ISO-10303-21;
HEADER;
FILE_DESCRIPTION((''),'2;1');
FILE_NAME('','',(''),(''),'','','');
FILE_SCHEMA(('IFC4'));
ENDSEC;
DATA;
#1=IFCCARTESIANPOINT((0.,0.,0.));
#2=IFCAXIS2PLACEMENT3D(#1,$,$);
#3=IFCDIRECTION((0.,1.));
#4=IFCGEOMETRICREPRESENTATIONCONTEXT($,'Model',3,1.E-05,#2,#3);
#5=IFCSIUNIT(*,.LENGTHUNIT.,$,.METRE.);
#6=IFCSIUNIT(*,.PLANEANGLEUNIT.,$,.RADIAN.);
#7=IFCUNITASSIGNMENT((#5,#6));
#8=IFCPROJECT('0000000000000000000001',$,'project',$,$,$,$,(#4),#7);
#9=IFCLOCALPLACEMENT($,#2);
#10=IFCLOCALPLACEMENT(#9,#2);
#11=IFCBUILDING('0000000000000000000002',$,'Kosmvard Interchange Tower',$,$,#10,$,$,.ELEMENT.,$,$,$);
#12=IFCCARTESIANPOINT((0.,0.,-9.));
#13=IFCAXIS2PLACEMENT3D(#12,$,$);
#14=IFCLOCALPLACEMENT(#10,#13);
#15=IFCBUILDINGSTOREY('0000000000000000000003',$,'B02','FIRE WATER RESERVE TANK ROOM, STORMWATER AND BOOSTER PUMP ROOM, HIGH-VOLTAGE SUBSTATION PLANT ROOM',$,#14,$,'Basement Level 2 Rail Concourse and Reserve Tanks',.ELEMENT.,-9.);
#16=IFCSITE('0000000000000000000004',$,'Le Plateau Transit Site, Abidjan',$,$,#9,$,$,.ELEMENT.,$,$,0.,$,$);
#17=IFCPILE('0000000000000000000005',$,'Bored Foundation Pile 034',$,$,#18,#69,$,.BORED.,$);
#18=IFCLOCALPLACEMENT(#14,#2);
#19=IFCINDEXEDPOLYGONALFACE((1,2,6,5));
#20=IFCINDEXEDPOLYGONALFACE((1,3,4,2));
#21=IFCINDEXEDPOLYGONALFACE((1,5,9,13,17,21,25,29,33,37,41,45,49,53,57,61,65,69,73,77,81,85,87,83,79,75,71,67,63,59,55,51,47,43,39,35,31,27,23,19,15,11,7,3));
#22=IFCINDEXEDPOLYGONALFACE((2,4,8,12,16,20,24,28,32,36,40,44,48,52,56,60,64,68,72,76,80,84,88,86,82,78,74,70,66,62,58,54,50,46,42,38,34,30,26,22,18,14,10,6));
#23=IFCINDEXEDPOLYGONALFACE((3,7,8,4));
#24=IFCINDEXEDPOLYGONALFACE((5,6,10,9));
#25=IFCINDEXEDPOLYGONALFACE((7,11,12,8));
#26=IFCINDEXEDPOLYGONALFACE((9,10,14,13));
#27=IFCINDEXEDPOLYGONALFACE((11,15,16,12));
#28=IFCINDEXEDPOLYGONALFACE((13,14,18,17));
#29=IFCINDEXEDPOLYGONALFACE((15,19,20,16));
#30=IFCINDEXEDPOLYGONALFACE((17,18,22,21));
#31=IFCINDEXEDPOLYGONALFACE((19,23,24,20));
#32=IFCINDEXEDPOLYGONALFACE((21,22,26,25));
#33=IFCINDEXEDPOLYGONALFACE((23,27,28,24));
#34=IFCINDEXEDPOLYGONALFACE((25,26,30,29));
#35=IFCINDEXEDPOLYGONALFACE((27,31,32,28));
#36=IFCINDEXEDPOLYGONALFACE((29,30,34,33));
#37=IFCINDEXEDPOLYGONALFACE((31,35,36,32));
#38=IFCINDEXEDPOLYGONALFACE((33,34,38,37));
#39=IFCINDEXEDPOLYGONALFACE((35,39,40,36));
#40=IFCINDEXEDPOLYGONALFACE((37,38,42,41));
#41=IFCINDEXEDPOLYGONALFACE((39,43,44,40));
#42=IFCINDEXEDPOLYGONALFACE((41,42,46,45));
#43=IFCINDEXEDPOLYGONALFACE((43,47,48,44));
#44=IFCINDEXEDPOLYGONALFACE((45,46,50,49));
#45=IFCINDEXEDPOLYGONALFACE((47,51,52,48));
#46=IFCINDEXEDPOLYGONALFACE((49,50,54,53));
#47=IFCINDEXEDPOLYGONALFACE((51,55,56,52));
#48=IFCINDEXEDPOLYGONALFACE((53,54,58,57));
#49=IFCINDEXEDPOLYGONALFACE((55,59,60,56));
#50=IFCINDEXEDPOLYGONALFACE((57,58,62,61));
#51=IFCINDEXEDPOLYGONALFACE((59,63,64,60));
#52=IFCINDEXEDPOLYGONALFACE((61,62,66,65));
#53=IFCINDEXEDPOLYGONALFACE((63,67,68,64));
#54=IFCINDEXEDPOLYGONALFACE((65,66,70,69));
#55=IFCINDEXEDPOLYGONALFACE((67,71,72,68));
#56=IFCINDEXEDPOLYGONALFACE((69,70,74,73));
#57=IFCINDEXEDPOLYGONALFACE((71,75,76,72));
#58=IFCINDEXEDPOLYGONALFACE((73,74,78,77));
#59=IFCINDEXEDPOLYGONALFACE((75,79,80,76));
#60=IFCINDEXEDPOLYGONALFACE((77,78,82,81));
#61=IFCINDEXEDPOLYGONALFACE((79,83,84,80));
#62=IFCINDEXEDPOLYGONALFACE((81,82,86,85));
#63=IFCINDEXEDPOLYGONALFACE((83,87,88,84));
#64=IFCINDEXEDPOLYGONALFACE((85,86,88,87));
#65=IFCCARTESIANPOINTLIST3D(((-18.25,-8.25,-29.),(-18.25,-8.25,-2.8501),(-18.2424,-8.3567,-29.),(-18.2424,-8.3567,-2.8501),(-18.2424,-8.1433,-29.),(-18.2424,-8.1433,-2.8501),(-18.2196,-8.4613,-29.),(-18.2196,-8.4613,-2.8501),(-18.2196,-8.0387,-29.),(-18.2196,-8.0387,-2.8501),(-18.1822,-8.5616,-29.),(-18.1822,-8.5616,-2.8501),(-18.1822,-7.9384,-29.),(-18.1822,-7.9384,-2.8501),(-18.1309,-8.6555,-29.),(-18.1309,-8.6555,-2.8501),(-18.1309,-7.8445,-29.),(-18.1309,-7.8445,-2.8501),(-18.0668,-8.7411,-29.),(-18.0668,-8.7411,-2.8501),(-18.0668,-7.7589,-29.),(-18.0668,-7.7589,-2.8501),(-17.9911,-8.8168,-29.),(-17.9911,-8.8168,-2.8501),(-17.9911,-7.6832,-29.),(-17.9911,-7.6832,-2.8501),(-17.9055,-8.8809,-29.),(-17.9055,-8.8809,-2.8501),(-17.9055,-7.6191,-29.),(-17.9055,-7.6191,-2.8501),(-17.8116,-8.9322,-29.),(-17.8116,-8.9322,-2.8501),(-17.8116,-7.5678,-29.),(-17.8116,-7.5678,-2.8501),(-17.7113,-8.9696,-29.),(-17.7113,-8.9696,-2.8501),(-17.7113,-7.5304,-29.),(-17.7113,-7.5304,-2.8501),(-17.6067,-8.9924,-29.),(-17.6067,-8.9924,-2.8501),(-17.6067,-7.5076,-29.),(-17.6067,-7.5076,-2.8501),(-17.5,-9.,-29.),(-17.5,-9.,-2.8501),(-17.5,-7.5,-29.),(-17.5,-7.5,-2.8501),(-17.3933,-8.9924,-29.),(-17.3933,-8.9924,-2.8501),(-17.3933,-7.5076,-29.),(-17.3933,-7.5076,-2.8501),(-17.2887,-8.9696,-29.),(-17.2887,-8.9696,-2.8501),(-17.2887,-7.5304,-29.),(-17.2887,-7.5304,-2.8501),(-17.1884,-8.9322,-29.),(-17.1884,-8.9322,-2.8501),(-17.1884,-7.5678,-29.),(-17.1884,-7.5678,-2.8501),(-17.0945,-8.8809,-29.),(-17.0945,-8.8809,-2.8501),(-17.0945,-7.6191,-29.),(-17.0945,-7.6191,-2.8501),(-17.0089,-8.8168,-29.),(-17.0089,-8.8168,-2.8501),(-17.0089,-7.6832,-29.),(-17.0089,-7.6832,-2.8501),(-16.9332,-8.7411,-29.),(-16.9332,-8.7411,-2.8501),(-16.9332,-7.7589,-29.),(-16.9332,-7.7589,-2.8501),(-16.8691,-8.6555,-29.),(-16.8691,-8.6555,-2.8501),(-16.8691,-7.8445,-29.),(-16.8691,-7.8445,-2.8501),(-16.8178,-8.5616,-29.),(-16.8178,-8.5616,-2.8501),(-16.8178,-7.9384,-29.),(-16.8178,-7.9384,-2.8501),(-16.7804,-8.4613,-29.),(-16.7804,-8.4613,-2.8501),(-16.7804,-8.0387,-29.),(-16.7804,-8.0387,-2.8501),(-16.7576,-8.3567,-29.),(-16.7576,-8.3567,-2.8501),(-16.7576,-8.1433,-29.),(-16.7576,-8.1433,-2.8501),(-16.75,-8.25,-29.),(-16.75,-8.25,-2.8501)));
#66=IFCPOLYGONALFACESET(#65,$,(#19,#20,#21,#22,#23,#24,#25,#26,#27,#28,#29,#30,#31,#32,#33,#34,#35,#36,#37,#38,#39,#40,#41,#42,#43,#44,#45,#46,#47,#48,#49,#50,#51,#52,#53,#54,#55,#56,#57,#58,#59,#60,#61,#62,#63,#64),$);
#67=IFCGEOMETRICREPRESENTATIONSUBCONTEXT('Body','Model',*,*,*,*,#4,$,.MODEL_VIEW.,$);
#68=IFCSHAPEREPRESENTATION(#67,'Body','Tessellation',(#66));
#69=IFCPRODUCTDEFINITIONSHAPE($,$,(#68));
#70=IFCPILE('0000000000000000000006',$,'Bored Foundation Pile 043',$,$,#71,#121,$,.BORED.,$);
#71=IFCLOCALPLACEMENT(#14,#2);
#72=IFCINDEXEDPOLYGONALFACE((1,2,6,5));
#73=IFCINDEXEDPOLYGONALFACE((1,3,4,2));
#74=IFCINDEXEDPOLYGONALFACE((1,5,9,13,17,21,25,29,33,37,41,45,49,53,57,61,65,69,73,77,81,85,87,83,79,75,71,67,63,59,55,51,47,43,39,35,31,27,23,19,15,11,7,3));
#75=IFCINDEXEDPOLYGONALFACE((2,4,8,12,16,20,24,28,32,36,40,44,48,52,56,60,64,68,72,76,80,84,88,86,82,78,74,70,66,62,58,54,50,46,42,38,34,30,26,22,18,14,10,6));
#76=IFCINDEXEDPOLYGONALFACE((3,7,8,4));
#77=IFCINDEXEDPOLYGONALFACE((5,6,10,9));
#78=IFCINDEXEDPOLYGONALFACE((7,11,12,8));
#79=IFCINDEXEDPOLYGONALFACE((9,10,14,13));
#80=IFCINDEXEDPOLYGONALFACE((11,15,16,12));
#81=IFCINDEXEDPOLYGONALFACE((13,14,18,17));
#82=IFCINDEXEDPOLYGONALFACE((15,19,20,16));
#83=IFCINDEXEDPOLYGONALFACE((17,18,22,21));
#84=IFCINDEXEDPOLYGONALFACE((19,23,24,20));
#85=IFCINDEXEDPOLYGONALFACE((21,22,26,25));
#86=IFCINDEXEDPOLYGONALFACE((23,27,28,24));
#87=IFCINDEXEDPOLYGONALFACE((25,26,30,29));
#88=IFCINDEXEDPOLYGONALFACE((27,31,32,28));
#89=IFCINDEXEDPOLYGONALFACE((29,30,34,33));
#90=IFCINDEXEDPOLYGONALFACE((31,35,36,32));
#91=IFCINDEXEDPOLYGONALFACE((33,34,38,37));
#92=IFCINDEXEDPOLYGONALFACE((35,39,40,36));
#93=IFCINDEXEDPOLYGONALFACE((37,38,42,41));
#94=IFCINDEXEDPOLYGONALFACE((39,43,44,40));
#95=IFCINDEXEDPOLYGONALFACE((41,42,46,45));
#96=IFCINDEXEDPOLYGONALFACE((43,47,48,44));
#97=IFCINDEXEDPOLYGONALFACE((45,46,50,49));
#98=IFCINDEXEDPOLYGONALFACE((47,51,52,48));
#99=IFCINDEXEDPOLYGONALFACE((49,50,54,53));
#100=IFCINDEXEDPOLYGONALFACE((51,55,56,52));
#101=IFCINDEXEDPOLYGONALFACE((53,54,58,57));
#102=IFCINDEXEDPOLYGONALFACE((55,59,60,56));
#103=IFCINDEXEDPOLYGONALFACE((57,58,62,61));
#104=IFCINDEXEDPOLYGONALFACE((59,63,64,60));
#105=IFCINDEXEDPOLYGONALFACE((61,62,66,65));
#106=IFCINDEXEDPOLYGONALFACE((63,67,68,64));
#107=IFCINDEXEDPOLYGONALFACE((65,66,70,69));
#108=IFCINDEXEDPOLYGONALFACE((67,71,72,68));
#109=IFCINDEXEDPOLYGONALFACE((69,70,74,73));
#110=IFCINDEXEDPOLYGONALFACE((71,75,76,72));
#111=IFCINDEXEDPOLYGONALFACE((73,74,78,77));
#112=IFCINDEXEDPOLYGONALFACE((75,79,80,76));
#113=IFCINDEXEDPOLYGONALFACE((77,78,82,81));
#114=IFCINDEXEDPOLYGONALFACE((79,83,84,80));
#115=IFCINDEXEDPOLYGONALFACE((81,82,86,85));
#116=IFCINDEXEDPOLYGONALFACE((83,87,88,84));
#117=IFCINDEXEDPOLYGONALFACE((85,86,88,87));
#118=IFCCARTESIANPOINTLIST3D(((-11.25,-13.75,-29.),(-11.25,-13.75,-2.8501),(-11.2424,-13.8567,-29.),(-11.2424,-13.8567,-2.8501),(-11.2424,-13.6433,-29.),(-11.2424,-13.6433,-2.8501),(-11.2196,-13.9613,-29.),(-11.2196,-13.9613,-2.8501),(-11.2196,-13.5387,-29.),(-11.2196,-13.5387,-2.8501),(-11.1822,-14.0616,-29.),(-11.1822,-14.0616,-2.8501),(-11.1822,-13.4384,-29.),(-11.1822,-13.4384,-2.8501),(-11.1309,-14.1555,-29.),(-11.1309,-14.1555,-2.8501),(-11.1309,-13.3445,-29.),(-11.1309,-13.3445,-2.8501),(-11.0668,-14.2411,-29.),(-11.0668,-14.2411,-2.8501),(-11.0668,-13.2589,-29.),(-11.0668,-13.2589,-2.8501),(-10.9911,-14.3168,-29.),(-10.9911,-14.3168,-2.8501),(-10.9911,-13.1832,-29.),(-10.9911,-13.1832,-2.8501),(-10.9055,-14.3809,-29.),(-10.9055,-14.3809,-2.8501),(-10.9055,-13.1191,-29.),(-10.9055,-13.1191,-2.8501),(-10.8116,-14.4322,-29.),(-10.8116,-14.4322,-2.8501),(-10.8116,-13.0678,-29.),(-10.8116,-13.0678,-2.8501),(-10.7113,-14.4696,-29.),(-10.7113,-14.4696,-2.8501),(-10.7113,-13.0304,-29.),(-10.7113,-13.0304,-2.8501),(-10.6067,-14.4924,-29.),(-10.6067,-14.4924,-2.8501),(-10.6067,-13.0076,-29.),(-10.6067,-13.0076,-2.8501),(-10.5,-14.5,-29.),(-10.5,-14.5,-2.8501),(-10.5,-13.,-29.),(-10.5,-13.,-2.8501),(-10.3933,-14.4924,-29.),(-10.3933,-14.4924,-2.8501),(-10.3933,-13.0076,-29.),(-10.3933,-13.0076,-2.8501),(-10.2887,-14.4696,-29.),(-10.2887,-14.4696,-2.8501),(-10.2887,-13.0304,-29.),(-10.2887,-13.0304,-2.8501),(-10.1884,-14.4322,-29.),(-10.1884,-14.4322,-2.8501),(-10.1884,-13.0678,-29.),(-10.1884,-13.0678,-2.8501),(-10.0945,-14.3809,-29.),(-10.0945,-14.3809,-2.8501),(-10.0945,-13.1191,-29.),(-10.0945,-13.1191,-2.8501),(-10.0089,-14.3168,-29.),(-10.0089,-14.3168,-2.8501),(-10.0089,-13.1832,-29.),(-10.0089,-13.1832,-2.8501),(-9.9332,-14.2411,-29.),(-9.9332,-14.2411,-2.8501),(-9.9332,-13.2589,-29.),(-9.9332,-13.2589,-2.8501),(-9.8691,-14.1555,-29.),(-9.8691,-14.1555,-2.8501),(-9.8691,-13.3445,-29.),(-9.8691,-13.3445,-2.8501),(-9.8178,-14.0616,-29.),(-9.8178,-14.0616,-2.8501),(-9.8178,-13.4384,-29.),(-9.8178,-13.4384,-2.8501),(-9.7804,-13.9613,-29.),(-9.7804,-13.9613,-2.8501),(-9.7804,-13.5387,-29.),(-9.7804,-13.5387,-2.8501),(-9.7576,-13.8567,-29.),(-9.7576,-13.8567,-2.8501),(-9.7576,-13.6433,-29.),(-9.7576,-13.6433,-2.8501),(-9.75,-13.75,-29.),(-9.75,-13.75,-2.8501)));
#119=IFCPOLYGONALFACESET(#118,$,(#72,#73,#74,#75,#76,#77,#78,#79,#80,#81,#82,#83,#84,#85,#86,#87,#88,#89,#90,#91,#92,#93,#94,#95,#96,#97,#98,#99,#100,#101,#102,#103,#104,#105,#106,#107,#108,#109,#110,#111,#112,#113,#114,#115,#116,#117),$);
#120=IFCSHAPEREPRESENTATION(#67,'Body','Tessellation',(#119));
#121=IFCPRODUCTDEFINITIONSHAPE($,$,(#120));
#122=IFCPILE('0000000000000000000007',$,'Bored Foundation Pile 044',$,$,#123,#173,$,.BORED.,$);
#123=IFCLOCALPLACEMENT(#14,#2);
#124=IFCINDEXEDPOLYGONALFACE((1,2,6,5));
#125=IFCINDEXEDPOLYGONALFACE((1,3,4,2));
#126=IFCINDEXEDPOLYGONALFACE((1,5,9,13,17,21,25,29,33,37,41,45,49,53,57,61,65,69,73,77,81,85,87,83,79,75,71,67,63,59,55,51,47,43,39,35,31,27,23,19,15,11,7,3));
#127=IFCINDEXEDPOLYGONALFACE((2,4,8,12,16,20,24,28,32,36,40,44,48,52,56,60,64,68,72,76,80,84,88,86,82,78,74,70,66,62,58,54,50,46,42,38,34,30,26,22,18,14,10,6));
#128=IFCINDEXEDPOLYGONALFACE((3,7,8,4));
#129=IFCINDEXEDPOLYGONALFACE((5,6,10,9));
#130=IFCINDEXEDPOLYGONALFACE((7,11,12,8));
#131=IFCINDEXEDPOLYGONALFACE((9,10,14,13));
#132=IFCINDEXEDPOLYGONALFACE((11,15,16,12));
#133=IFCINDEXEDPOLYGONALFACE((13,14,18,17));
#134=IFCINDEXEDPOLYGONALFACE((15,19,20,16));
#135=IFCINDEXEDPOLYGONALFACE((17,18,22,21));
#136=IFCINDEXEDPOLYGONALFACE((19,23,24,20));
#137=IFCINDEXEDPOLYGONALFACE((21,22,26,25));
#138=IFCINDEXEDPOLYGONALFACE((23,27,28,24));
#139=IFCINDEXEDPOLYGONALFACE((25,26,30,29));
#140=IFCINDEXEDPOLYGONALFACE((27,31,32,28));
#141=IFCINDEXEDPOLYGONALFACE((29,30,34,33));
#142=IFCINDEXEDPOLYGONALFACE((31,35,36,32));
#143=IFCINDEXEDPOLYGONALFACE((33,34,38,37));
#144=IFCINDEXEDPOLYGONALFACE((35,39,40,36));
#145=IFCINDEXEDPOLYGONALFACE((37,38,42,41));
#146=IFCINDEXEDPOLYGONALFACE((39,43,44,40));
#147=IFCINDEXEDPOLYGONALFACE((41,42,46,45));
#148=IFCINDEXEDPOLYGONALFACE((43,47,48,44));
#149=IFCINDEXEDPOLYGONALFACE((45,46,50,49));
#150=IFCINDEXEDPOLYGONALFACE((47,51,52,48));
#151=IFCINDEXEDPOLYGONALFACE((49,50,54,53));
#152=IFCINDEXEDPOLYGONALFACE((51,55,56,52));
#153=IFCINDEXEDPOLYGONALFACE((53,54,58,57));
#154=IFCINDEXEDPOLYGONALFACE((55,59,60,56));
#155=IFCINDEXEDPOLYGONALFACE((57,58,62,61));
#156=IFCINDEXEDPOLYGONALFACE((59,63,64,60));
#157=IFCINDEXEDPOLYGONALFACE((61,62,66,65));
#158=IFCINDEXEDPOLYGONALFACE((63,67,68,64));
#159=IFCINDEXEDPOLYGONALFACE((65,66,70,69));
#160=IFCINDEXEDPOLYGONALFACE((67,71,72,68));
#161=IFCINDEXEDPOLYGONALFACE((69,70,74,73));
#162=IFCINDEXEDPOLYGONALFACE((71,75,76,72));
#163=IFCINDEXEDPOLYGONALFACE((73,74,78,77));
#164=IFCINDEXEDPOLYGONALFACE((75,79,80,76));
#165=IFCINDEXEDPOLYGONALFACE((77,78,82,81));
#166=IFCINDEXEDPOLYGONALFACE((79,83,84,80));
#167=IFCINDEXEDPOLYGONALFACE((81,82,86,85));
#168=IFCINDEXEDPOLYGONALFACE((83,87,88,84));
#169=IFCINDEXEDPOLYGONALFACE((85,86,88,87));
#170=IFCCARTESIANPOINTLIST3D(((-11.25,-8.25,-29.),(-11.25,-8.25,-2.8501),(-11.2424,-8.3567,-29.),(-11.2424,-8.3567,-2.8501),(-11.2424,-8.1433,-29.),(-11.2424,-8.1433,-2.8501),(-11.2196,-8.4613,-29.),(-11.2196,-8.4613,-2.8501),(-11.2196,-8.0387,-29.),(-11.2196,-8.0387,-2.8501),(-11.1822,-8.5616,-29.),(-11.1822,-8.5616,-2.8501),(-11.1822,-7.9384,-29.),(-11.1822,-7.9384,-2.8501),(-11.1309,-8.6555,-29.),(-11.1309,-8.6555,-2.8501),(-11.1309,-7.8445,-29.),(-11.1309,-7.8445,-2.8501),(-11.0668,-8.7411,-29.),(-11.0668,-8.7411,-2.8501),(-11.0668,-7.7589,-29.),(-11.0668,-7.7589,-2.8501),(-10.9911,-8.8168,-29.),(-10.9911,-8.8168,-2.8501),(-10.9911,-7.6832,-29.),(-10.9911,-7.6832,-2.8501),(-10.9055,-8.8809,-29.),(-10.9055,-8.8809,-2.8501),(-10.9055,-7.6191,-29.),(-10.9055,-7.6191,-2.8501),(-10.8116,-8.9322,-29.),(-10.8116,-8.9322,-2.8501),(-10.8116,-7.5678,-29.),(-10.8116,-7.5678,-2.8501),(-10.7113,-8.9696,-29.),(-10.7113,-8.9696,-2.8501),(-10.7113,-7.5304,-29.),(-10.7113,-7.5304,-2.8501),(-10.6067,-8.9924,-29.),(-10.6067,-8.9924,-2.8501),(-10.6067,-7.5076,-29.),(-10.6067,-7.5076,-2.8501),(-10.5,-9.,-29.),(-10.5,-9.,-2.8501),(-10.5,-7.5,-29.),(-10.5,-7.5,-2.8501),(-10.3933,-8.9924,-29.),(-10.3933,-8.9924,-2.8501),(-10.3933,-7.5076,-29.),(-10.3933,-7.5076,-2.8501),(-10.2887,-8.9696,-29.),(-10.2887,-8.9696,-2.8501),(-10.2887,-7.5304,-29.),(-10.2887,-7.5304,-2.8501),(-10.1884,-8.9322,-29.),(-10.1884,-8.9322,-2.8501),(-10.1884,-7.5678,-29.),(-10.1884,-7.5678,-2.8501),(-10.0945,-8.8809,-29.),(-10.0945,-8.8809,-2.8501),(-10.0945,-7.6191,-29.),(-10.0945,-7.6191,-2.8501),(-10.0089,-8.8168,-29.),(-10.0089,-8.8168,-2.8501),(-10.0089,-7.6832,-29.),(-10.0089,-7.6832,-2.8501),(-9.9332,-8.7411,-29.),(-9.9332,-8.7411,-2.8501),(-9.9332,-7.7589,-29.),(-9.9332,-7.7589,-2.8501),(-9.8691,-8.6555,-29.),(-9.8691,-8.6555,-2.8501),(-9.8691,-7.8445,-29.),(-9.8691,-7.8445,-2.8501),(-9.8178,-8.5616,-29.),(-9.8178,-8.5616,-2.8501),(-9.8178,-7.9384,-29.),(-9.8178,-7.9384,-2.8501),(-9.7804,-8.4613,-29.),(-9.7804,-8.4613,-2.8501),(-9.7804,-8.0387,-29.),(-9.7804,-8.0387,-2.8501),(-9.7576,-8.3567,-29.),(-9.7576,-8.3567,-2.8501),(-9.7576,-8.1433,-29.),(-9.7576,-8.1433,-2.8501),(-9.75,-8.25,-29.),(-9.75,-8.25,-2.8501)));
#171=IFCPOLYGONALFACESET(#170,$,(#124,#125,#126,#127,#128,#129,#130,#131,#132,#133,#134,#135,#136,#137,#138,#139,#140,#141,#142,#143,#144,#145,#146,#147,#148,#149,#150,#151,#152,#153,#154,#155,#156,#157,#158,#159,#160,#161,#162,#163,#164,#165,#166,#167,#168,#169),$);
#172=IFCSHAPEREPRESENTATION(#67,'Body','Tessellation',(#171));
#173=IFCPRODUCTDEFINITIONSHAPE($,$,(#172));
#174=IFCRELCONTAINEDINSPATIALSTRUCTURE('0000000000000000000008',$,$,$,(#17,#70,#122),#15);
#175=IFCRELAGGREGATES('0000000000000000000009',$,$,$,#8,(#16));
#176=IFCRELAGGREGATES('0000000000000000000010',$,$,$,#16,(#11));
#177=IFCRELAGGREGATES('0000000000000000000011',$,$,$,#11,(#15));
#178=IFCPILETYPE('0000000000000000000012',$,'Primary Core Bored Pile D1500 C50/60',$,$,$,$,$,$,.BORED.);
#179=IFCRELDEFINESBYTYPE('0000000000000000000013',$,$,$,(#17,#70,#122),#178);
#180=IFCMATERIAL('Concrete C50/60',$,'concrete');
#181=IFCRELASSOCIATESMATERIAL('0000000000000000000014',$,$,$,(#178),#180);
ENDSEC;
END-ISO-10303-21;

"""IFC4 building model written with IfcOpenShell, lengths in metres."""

from ifc_helpers import new_model, si_unit, direction, frame, origin, origin_2d, place, context, subcontext, project, spatial, circle, extrude, source, transform, mapped, material, material_profile, profile_set, type_object, element, save


model = new_model("IFC4")

# Units and contexts
model_context = context("Model", 3, precision=1e-05, world=origin(), true_north=direction((0.0, 1.0)))
body_context = subcontext(model_context, "Body", "Model", "MODEL_VIEW")
ifc_project = project(units=[si_unit("LENGTHUNIT", "METRE"), si_unit("PLANEANGLEUNIT", "RADIAN")], contexts=[model_context])

# Site, building, storey
site_placement = place(None, origin())
site = spatial("IfcSite", under=ifc_project, at=site_placement, Name="Le Plateau Transit Site, Abidjan", CompositionType="ELEMENT", RefElevation=0.0)
building_placement = place(site_placement, origin())
building = spatial("IfcBuilding", under=site, at=building_placement, Name="Kosmvard Interchange Tower", CompositionType="ELEMENT")
storey_placement = place(building_placement, frame((0.0, 0.0, -9.0)))
storey = spatial("IfcBuildingStorey", under=building, at=storey_placement, Name="B02", Description="FIRE WATER RESERVE TANK ROOM, STORMWATER AND BOOSTER PUMP ROOM, HIGH-VOLTAGE SUBSTATION PLANT ROOM", LongName="Basement Level 2 Rail Concourse and Reserve Tanks", CompositionType="ELEMENT", Elevation=-9.0)

# Piles
ifc_material_1 = material(Name="Concrete C50/60", Category="concrete")
ifc_material_profile_1 = material_profile(ifc_material_1, circle(Radius=0.75, at=origin_2d()), Name="PILE D1500")
ifc_profile_set_1 = profile_set([ifc_material_profile_1], Name="Concrete C50/60")
pile_type_1 = type_object("IfcPileType", Name="Primary Core Bored Pile D1500 C50/60", PredefinedType="BORED", material=ifc_profile_set_1)
shared_shape_1 = source(origin(), body_context, "Body", "SweptSolid", [
    extrude(circle(Radius=0.75, at=origin_2d()), origin(), (0.0, 0.0, 1.0), 26.1499),
])
for number, where, z_axis, x_axis, name in (
    (1, (-17.5, -8.25, -2.8501), (0.0, 0.0, -1.0), (1.0, 0.0, 0.0), "Bored Foundation Pile 034"),
    (2, (-10.5, -13.75, -2.8501), (0.0, 0.0, -1.0), (1.0, 0.0, 0.0), "Bored Foundation Pile 043"),
    (3, (-10.5, -8.25, -2.8501), (0.0, 0.0, -1.0), (1.0, 0.0, 0.0), "Bored Foundation Pile 044"),
):
    element("IfcPile", number, at=place(storey_placement, frame(where, z_axis=z_axis, x_axis=x_axis)), inside=storey, type_object=pile_type_1, Name=name, PredefinedType="BORED", context=body_context, shape_type="MappedRepresentation", body=[
        mapped(shared_shape_1, transform((0.0, 0.0, 0.0), scale=1.0)),
    ])

save(model, "model.ifc")
